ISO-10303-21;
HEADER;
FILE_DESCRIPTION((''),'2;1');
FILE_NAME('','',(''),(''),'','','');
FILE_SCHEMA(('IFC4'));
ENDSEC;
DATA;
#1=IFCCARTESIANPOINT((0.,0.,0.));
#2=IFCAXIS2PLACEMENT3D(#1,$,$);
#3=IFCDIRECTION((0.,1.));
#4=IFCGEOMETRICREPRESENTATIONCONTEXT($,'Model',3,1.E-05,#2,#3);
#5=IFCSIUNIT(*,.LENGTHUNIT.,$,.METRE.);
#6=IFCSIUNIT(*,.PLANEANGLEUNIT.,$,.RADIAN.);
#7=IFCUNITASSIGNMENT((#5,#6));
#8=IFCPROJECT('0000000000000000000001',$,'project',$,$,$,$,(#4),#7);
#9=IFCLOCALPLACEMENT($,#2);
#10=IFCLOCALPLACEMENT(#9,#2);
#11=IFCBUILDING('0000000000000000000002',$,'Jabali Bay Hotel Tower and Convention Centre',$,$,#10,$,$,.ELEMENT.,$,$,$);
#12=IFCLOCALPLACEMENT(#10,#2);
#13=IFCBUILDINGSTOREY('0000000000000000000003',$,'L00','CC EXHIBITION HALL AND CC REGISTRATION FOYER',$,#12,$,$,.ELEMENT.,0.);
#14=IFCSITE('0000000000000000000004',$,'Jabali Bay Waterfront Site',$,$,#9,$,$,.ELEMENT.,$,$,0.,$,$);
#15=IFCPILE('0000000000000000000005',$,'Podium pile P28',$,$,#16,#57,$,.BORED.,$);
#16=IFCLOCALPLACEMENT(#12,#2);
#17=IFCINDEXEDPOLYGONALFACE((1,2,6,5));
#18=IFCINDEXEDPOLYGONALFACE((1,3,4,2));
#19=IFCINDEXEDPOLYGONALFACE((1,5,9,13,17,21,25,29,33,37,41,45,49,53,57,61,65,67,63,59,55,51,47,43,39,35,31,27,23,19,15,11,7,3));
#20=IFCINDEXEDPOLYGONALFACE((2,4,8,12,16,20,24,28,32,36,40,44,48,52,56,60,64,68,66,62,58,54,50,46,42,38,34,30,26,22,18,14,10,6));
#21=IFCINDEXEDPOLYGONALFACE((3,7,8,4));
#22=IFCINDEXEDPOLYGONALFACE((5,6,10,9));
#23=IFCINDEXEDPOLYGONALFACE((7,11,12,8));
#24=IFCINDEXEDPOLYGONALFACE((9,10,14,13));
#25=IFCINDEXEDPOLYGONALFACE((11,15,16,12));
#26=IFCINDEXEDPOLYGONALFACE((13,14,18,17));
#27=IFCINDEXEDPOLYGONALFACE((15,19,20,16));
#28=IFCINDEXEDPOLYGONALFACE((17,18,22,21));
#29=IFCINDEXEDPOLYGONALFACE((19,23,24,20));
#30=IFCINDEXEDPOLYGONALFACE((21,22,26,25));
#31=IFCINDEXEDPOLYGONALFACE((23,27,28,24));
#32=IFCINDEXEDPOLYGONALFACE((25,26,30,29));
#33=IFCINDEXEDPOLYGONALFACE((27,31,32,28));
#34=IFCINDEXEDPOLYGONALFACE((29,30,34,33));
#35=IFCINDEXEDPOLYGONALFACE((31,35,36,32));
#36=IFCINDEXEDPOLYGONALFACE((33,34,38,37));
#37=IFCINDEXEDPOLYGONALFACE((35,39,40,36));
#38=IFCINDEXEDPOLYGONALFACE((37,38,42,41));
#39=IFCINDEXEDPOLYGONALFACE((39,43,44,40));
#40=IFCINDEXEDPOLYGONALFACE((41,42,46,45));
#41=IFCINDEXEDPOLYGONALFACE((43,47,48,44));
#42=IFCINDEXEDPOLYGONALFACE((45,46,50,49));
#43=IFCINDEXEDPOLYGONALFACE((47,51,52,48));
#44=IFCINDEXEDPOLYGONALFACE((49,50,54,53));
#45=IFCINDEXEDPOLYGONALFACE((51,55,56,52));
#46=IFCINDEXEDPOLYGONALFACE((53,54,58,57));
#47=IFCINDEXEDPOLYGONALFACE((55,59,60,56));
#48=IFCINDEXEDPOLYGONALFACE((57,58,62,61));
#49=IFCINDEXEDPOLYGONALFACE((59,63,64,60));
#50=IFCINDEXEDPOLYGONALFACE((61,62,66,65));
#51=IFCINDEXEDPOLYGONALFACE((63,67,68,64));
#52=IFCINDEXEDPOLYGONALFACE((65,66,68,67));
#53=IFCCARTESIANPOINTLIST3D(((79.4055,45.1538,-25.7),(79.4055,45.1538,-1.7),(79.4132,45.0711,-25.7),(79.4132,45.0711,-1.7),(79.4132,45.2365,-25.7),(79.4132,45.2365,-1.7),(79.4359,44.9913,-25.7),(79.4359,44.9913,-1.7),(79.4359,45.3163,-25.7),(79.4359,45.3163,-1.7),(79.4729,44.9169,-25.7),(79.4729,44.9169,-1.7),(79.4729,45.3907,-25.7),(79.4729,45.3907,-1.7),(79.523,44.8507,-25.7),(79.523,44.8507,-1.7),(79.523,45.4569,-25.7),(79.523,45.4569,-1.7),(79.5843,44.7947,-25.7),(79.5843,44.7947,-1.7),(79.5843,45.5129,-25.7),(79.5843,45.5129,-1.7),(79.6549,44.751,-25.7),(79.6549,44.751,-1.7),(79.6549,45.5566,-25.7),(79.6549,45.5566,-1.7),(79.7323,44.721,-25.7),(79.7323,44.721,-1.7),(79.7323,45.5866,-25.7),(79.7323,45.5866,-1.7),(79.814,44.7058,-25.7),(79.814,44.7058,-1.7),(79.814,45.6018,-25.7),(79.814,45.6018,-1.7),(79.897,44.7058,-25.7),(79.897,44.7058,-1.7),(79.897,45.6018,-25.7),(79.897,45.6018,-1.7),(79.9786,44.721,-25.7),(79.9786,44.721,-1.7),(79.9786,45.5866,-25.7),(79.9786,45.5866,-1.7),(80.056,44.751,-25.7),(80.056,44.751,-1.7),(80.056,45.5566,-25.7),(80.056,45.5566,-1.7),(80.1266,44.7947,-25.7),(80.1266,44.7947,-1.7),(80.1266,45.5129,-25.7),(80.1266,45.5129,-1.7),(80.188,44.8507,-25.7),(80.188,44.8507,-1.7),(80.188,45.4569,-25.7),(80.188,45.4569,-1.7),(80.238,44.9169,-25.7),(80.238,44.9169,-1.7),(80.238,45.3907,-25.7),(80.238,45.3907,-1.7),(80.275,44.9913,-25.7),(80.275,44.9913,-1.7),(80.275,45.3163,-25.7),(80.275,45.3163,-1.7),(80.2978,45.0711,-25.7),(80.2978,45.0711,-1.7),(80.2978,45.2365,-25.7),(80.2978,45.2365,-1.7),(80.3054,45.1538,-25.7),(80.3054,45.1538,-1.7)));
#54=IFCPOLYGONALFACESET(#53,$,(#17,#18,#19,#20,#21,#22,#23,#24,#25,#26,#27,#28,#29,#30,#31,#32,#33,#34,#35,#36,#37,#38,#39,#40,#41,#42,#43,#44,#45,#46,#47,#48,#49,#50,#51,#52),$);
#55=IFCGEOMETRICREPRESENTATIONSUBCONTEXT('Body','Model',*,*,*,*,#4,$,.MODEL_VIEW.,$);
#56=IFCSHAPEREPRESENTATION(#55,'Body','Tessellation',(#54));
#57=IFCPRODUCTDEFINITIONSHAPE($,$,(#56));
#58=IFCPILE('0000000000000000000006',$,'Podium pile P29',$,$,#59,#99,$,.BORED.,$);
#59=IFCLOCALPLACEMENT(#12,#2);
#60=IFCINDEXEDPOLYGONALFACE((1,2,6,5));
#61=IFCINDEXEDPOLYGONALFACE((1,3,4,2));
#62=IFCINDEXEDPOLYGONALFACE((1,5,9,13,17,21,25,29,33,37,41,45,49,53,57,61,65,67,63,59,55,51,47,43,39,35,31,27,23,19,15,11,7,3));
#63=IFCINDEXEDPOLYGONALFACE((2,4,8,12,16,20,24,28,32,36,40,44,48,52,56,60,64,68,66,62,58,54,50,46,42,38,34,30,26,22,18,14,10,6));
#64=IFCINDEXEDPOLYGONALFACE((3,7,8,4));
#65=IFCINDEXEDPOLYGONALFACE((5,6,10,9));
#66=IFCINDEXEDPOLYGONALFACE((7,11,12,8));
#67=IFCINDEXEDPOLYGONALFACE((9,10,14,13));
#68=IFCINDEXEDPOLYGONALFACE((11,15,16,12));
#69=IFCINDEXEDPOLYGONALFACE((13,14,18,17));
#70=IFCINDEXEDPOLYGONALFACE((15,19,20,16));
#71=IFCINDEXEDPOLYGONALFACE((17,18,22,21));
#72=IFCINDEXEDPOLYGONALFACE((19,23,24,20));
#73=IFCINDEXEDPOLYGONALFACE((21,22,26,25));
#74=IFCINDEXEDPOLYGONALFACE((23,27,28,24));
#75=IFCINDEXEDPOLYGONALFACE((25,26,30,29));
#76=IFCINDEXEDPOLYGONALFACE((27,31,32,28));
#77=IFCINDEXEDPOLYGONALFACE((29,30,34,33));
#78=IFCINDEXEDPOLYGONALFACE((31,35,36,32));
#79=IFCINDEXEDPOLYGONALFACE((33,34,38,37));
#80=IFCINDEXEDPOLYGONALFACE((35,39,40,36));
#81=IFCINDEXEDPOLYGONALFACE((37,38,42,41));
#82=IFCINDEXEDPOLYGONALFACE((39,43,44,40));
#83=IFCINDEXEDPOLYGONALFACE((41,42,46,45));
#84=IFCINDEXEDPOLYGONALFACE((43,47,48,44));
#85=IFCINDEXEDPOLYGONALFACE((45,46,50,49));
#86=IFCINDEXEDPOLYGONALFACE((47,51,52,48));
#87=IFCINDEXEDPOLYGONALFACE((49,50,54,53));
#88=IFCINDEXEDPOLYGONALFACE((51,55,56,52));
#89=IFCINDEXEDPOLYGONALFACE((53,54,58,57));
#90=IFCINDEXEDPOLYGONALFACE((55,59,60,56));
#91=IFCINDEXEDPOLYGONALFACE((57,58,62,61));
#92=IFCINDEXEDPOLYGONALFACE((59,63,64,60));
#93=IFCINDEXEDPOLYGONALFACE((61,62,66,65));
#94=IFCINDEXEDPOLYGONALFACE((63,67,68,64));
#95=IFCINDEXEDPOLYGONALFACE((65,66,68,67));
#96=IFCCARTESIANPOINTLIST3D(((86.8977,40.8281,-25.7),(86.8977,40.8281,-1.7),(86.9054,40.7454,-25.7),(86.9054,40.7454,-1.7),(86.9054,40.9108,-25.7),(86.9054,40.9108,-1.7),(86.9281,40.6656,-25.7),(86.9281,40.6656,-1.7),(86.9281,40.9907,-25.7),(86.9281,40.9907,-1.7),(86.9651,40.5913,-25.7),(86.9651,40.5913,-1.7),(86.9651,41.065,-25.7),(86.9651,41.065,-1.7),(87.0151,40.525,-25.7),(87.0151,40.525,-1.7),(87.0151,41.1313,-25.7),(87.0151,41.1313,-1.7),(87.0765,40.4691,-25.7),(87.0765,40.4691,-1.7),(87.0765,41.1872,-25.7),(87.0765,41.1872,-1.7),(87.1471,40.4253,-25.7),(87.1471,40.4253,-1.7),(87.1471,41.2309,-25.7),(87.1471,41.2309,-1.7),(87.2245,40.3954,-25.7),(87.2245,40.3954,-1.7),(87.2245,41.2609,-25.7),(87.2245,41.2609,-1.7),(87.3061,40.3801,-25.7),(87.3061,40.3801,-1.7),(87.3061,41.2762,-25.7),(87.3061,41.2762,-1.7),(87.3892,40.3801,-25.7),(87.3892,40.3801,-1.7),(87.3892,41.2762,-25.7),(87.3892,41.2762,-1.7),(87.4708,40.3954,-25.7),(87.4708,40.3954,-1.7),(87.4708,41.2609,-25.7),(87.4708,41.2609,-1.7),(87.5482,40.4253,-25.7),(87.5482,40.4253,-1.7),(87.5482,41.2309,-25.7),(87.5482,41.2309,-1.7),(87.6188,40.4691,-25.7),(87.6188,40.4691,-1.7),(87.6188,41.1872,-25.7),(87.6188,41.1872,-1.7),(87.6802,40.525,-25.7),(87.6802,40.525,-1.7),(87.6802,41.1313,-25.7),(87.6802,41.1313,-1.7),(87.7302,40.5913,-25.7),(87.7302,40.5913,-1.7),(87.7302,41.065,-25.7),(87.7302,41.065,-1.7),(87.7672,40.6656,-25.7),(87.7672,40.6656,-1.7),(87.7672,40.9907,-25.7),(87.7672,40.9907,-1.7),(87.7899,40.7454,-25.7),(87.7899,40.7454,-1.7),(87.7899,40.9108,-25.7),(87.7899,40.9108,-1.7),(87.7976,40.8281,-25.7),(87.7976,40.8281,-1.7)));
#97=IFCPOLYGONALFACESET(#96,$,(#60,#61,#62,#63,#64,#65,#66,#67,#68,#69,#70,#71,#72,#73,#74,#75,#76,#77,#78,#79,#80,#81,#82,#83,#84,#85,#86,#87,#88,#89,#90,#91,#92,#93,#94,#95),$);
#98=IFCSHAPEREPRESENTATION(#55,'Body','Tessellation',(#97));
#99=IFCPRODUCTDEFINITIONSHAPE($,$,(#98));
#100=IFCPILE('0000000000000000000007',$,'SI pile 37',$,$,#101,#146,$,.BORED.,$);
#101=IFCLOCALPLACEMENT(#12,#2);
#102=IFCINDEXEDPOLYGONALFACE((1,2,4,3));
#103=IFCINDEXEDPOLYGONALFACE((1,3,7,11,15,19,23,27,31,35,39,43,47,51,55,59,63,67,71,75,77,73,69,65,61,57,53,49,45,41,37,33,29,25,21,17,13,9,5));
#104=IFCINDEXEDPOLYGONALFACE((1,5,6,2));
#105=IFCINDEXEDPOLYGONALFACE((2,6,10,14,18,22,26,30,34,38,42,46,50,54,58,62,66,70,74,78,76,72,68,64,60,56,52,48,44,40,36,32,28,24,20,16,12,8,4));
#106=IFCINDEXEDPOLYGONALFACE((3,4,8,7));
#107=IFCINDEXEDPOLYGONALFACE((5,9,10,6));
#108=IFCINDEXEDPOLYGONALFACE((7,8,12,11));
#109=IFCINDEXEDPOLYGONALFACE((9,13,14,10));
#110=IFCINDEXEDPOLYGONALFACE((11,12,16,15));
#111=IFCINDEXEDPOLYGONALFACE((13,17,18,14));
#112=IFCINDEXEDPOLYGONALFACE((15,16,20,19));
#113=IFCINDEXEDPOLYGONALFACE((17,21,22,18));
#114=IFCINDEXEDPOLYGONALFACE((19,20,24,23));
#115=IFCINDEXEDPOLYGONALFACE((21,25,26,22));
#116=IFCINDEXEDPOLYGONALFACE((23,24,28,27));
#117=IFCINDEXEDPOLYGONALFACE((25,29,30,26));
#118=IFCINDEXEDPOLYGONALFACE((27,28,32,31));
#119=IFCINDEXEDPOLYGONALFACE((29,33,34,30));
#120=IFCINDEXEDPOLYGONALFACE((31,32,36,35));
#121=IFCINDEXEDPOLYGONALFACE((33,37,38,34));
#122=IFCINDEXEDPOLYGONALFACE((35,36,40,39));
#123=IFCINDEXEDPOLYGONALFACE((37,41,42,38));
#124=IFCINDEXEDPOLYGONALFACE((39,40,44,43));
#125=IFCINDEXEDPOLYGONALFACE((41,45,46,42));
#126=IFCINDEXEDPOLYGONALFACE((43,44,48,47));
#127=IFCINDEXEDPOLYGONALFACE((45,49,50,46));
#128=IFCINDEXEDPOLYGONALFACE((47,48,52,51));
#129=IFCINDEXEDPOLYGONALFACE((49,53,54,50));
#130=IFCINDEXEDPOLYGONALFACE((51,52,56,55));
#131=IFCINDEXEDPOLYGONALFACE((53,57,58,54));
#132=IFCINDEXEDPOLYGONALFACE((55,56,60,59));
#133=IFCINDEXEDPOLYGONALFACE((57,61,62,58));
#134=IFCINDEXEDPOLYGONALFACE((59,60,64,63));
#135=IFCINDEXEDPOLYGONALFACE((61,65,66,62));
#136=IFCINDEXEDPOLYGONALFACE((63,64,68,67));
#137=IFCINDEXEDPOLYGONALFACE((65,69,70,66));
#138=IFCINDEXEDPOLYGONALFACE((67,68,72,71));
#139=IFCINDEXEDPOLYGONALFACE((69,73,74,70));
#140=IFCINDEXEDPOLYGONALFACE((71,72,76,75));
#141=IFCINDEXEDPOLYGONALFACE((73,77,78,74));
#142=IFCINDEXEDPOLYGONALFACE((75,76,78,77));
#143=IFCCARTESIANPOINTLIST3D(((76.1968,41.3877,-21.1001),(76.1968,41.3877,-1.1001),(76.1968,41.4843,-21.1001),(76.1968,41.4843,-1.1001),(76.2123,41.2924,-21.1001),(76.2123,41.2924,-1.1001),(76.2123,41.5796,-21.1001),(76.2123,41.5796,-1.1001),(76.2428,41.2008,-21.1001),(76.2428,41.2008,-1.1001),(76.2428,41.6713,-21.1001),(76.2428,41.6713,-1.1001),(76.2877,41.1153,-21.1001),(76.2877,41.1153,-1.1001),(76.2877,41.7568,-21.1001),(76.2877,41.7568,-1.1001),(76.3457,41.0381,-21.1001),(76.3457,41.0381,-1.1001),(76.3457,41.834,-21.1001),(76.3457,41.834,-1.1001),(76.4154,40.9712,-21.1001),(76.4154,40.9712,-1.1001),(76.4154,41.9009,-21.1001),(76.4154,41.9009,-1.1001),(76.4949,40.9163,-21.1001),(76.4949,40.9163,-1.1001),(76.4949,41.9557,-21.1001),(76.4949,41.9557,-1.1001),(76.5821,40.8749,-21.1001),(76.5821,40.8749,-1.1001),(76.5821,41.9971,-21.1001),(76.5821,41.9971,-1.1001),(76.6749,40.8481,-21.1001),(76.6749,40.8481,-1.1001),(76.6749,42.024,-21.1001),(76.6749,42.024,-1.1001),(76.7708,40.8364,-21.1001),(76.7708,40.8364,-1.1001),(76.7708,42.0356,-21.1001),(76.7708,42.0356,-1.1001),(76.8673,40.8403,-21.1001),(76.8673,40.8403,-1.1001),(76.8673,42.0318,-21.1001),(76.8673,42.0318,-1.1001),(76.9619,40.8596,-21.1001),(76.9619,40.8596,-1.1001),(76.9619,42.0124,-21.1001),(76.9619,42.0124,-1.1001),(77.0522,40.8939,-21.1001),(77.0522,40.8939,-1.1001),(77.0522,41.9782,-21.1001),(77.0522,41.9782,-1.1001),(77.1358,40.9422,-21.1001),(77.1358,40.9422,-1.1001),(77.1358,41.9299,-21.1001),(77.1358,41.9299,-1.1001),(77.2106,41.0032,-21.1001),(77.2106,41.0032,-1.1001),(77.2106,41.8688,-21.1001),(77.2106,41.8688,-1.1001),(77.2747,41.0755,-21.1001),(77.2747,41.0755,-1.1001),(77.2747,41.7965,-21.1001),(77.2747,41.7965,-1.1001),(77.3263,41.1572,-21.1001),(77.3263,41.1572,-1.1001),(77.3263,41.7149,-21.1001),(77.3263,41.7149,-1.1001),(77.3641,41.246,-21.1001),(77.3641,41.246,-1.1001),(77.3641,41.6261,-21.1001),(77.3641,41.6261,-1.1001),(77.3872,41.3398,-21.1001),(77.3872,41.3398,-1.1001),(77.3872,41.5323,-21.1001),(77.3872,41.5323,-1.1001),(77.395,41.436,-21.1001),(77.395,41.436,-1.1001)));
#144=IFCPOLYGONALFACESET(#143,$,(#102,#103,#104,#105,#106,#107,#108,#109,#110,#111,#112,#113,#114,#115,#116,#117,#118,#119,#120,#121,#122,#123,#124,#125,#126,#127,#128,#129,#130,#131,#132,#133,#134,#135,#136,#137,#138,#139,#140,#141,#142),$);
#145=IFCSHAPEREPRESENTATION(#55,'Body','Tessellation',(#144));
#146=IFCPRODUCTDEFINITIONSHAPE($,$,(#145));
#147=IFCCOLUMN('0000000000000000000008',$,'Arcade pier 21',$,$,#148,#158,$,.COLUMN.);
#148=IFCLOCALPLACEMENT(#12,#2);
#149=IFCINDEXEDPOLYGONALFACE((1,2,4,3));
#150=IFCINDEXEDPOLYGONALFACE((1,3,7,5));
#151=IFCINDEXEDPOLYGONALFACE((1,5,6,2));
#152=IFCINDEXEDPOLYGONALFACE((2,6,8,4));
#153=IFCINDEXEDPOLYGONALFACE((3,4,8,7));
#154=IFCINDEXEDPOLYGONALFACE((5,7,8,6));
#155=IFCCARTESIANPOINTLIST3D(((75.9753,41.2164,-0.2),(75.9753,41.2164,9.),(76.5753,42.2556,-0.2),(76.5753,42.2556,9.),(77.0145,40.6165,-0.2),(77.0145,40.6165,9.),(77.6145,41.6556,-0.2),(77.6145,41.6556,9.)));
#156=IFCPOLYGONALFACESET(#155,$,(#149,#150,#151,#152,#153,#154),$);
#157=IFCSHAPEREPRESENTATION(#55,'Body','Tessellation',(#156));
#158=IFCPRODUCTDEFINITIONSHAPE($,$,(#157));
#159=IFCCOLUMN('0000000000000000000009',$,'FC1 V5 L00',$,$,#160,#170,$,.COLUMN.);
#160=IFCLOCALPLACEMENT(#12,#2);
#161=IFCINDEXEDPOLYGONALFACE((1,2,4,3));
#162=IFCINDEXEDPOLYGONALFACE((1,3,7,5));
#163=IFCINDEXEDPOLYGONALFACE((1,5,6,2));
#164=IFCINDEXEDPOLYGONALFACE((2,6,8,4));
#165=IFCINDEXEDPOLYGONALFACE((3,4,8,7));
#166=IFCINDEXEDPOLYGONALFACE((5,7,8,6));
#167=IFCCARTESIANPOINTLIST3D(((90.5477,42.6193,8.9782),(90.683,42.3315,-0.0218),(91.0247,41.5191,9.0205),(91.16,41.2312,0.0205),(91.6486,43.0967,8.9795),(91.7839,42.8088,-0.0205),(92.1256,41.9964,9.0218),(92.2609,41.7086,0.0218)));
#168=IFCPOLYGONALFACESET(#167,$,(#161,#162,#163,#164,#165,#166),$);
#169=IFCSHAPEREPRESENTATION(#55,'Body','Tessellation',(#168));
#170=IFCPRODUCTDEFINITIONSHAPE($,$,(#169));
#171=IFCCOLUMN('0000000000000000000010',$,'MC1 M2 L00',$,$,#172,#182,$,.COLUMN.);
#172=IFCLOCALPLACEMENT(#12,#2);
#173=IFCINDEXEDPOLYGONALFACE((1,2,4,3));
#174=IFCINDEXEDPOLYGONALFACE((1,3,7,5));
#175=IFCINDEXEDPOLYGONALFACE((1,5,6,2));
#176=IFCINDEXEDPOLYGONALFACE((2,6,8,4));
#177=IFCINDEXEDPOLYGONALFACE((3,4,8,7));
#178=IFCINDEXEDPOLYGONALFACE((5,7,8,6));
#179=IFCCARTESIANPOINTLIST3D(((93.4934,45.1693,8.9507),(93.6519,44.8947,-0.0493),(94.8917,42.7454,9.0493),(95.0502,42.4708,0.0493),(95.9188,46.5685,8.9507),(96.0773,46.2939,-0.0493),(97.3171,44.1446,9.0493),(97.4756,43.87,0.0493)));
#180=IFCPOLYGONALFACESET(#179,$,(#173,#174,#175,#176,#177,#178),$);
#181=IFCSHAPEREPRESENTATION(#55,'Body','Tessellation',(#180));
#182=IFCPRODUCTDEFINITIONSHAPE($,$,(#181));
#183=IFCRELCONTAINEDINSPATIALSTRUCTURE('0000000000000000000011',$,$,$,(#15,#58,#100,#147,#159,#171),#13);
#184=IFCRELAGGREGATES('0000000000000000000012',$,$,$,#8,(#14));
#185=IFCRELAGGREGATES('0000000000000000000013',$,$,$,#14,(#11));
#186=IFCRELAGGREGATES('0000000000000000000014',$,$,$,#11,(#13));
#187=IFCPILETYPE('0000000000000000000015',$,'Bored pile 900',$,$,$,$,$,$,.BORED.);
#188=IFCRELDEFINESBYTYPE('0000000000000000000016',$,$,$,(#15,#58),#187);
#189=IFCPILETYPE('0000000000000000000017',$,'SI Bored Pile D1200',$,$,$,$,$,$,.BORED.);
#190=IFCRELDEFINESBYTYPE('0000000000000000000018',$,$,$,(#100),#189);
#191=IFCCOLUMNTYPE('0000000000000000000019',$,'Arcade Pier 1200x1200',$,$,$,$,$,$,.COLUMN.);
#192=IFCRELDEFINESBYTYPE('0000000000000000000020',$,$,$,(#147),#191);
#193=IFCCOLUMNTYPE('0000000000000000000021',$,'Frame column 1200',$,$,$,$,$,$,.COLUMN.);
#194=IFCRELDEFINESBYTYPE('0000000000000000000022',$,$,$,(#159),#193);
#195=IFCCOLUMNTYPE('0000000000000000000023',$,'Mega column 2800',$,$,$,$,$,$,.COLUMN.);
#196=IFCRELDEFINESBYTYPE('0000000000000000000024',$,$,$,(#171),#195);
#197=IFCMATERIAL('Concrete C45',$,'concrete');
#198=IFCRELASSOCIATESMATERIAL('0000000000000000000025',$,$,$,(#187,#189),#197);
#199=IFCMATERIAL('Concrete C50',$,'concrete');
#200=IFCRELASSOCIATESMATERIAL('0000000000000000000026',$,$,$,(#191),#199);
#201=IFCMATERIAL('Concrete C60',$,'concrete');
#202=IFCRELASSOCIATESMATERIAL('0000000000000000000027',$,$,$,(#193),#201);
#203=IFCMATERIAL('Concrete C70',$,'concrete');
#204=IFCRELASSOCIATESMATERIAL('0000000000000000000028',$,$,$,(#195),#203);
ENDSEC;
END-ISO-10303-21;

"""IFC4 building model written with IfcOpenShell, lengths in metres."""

from ifc_helpers import new_model, si_unit, direction, frame, origin, origin_2d, place, context, subcontext, project, spatial, rectangle, circle, extrude, material, material_profile, profile_set, type_object, element, save


model = new_model("IFC4")

# Units and contexts
model_context = context("Model", 3, precision=1e-05, world=origin(), true_north=direction((0.0, 1.0)))
body_context = subcontext(model_context, "Body", "Model", "MODEL_VIEW")
ifc_project = project(units=[si_unit("LENGTHUNIT", "METRE"), si_unit("PLANEANGLEUNIT", "RADIAN")], contexts=[model_context])

# Site, building, storey
site_placement = place(None, origin())
site = spatial("IfcSite", under=ifc_project, at=site_placement, Name="Jabali Bay Waterfront Site", CompositionType="ELEMENT", RefElevation=0.0)
building_placement = place(site_placement, origin())
building = spatial("IfcBuilding", under=site, at=building_placement, Name="Jabali Bay Hotel Tower and Convention Centre", CompositionType="ELEMENT")
storey_placement = place(building_placement, origin())
storey = spatial("IfcBuildingStorey", under=building, at=storey_placement, Name="L00", Description="CC EXHIBITION HALL AND CC REGISTRATION FOYER", CompositionType="ELEMENT", Elevation=0.0)

# Piles
ifc_material_1 = material(Name="Concrete C45", Category="concrete")
ifc_material_profile_1 = material_profile(ifc_material_1, circle(Radius=0.45, at=origin_2d()), Name="Bored pile 900")
ifc_profile_set_1 = profile_set([ifc_material_profile_1], Name="Concrete C45")
pile_type_1 = type_object("IfcPileType", Name="Bored pile 900", PredefinedType="BORED", material=ifc_profile_set_1)
for number, where, z_axis, x_axis, name in (
    (1, (79.8555, 45.1538, -1.7), (0.0, 0.0, -1.0), (1.0, 0.0, 0.0), "Podium pile P28"),
    (2, (87.3477, 40.8281, -1.7), (0.0, 0.0, -1.0), (1.0, 0.0, 0.0), "Podium pile P29"),
):
    element("IfcPile", number, at=place(storey_placement, frame(where, z_axis=z_axis, x_axis=x_axis)), inside=storey, type_object=pile_type_1, Name=name, PredefinedType="BORED", context=body_context, shape_type="SweptSolid", body=[
        extrude(circle(Radius=0.45, at=origin_2d()), origin(), (0.0, 0.0, 1.0), 24.0),
    ])
ifc_material_profile_2 = material_profile(ifc_material_1, circle(Radius=0.6001, at=origin_2d()), Name="D1200")
ifc_profile_set_2 = profile_set([ifc_material_profile_2], Name="Concrete C45")
pile_type_2 = type_object("IfcPileType", Name="SI Bored Pile D1200", PredefinedType="BORED", material=ifc_profile_set_2)
pile_placement = place(storey_placement, frame((76.7949, 41.436, -1.1001), z_axis=(0.0, 0.0, -1.0), x_axis=(1.0, 0.0, 0.0)))
element("IfcPile", 3, at=pile_placement, inside=storey, type_object=pile_type_2, Name="SI pile 37", PredefinedType="BORED", context=body_context, shape_type="SweptSolid", body=[
    extrude(circle(Radius=0.6001, at=origin_2d()), origin(), (0.0, 0.0, 1.0), 20.0),
])

# Columns
ifc_material_2 = material(Name="Concrete C50", Category="concrete")
ifc_material_profile_3 = material_profile(ifc_material_2, rectangle(XDim=1.2, YDim=1.2, at=origin_2d()), Name="RC 1200x1200")
ifc_profile_set_3 = profile_set([ifc_material_profile_3], Name="Concrete C50")
column_type_1 = type_object("IfcColumnType", Name="Arcade Pier 1200x1200", PredefinedType="COLUMN", material=ifc_profile_set_3)
column_1_placement = place(storey_placement, frame((76.7949, 41.436, -0.2), z_axis=(0.0, 0.0, 1.0), x_axis=(0.866025, -0.5, 0.0)))
element("IfcColumn", 4, at=column_1_placement, inside=storey, type_object=column_type_1, Name="Arcade pier 21", PredefinedType="COLUMN", context=body_context, shape_type="SweptSolid", body=[
    extrude(rectangle(XDim=1.2, YDim=1.2, at=origin_2d()), origin(), (0.0, 0.0, 1.0), 9.2),
])
ifc_material_3 = material(Name="Concrete C60", Category="concrete")
ifc_material_profile_4 = material_profile(ifc_material_3, rectangle(XDim=1.2, YDim=1.2, at=origin_2d()), Name="Frame column 1200")
ifc_profile_set_4 = profile_set([ifc_material_profile_4], Name="Concrete C60")
column_type_2 = type_object("IfcColumnType", Name="Frame column 1200", PredefinedType="COLUMN", material=ifc_profile_set_4)
column_2_placement = place(storey_placement, frame((91.4719, 42.02, 0.0), z_axis=(-0.015019, 0.031962, 0.999376), x_axis=(0.397533, -0.916909, 0.035299)))
element("IfcColumn", 5, at=column_2_placement, inside=storey, type_object=column_type_2, Name="FC1 V5 L00", PredefinedType="COLUMN", context=body_context, shape_type="SweptSolid", body=[
    extrude(rectangle(XDim=1.2, YDim=1.2, at=origin_2d()), origin(), (0.0, 0.0, 1.0), 9.0056),
])
ifc_material_4 = material(Name="Concrete C70", Category="concrete")
ifc_material_profile_5 = material_profile(ifc_material_4, rectangle(XDim=2.8, YDim=2.8, at=origin_2d()), Name="Mega column 2800")
ifc_profile_set_5 = profile_set([ifc_material_profile_5], Name="Concrete C70")
column_type_3 = type_object("IfcColumnType", Name="Mega column 2800", PredefinedType="COLUMN", material=ifc_profile_set_5)
column_3_placement = place(storey_placement, frame((95.5637, 44.3823, 0.0), z_axis=(-0.017594, 0.030499, 0.99938), x_axis=(0.499388, -0.865663, 0.03521)))
element("IfcColumn", 6, at=column_3_placement, inside=storey, type_object=column_type_3, Name="MC1 M2 L00", PredefinedType="COLUMN", context=body_context, shape_type="SweptSolid", body=[
    extrude(rectangle(XDim=2.8, YDim=2.8, at=origin_2d()), origin(), (0.0, 0.0, 1.0), 9.0056),
])

save(model, "model.ifc")
